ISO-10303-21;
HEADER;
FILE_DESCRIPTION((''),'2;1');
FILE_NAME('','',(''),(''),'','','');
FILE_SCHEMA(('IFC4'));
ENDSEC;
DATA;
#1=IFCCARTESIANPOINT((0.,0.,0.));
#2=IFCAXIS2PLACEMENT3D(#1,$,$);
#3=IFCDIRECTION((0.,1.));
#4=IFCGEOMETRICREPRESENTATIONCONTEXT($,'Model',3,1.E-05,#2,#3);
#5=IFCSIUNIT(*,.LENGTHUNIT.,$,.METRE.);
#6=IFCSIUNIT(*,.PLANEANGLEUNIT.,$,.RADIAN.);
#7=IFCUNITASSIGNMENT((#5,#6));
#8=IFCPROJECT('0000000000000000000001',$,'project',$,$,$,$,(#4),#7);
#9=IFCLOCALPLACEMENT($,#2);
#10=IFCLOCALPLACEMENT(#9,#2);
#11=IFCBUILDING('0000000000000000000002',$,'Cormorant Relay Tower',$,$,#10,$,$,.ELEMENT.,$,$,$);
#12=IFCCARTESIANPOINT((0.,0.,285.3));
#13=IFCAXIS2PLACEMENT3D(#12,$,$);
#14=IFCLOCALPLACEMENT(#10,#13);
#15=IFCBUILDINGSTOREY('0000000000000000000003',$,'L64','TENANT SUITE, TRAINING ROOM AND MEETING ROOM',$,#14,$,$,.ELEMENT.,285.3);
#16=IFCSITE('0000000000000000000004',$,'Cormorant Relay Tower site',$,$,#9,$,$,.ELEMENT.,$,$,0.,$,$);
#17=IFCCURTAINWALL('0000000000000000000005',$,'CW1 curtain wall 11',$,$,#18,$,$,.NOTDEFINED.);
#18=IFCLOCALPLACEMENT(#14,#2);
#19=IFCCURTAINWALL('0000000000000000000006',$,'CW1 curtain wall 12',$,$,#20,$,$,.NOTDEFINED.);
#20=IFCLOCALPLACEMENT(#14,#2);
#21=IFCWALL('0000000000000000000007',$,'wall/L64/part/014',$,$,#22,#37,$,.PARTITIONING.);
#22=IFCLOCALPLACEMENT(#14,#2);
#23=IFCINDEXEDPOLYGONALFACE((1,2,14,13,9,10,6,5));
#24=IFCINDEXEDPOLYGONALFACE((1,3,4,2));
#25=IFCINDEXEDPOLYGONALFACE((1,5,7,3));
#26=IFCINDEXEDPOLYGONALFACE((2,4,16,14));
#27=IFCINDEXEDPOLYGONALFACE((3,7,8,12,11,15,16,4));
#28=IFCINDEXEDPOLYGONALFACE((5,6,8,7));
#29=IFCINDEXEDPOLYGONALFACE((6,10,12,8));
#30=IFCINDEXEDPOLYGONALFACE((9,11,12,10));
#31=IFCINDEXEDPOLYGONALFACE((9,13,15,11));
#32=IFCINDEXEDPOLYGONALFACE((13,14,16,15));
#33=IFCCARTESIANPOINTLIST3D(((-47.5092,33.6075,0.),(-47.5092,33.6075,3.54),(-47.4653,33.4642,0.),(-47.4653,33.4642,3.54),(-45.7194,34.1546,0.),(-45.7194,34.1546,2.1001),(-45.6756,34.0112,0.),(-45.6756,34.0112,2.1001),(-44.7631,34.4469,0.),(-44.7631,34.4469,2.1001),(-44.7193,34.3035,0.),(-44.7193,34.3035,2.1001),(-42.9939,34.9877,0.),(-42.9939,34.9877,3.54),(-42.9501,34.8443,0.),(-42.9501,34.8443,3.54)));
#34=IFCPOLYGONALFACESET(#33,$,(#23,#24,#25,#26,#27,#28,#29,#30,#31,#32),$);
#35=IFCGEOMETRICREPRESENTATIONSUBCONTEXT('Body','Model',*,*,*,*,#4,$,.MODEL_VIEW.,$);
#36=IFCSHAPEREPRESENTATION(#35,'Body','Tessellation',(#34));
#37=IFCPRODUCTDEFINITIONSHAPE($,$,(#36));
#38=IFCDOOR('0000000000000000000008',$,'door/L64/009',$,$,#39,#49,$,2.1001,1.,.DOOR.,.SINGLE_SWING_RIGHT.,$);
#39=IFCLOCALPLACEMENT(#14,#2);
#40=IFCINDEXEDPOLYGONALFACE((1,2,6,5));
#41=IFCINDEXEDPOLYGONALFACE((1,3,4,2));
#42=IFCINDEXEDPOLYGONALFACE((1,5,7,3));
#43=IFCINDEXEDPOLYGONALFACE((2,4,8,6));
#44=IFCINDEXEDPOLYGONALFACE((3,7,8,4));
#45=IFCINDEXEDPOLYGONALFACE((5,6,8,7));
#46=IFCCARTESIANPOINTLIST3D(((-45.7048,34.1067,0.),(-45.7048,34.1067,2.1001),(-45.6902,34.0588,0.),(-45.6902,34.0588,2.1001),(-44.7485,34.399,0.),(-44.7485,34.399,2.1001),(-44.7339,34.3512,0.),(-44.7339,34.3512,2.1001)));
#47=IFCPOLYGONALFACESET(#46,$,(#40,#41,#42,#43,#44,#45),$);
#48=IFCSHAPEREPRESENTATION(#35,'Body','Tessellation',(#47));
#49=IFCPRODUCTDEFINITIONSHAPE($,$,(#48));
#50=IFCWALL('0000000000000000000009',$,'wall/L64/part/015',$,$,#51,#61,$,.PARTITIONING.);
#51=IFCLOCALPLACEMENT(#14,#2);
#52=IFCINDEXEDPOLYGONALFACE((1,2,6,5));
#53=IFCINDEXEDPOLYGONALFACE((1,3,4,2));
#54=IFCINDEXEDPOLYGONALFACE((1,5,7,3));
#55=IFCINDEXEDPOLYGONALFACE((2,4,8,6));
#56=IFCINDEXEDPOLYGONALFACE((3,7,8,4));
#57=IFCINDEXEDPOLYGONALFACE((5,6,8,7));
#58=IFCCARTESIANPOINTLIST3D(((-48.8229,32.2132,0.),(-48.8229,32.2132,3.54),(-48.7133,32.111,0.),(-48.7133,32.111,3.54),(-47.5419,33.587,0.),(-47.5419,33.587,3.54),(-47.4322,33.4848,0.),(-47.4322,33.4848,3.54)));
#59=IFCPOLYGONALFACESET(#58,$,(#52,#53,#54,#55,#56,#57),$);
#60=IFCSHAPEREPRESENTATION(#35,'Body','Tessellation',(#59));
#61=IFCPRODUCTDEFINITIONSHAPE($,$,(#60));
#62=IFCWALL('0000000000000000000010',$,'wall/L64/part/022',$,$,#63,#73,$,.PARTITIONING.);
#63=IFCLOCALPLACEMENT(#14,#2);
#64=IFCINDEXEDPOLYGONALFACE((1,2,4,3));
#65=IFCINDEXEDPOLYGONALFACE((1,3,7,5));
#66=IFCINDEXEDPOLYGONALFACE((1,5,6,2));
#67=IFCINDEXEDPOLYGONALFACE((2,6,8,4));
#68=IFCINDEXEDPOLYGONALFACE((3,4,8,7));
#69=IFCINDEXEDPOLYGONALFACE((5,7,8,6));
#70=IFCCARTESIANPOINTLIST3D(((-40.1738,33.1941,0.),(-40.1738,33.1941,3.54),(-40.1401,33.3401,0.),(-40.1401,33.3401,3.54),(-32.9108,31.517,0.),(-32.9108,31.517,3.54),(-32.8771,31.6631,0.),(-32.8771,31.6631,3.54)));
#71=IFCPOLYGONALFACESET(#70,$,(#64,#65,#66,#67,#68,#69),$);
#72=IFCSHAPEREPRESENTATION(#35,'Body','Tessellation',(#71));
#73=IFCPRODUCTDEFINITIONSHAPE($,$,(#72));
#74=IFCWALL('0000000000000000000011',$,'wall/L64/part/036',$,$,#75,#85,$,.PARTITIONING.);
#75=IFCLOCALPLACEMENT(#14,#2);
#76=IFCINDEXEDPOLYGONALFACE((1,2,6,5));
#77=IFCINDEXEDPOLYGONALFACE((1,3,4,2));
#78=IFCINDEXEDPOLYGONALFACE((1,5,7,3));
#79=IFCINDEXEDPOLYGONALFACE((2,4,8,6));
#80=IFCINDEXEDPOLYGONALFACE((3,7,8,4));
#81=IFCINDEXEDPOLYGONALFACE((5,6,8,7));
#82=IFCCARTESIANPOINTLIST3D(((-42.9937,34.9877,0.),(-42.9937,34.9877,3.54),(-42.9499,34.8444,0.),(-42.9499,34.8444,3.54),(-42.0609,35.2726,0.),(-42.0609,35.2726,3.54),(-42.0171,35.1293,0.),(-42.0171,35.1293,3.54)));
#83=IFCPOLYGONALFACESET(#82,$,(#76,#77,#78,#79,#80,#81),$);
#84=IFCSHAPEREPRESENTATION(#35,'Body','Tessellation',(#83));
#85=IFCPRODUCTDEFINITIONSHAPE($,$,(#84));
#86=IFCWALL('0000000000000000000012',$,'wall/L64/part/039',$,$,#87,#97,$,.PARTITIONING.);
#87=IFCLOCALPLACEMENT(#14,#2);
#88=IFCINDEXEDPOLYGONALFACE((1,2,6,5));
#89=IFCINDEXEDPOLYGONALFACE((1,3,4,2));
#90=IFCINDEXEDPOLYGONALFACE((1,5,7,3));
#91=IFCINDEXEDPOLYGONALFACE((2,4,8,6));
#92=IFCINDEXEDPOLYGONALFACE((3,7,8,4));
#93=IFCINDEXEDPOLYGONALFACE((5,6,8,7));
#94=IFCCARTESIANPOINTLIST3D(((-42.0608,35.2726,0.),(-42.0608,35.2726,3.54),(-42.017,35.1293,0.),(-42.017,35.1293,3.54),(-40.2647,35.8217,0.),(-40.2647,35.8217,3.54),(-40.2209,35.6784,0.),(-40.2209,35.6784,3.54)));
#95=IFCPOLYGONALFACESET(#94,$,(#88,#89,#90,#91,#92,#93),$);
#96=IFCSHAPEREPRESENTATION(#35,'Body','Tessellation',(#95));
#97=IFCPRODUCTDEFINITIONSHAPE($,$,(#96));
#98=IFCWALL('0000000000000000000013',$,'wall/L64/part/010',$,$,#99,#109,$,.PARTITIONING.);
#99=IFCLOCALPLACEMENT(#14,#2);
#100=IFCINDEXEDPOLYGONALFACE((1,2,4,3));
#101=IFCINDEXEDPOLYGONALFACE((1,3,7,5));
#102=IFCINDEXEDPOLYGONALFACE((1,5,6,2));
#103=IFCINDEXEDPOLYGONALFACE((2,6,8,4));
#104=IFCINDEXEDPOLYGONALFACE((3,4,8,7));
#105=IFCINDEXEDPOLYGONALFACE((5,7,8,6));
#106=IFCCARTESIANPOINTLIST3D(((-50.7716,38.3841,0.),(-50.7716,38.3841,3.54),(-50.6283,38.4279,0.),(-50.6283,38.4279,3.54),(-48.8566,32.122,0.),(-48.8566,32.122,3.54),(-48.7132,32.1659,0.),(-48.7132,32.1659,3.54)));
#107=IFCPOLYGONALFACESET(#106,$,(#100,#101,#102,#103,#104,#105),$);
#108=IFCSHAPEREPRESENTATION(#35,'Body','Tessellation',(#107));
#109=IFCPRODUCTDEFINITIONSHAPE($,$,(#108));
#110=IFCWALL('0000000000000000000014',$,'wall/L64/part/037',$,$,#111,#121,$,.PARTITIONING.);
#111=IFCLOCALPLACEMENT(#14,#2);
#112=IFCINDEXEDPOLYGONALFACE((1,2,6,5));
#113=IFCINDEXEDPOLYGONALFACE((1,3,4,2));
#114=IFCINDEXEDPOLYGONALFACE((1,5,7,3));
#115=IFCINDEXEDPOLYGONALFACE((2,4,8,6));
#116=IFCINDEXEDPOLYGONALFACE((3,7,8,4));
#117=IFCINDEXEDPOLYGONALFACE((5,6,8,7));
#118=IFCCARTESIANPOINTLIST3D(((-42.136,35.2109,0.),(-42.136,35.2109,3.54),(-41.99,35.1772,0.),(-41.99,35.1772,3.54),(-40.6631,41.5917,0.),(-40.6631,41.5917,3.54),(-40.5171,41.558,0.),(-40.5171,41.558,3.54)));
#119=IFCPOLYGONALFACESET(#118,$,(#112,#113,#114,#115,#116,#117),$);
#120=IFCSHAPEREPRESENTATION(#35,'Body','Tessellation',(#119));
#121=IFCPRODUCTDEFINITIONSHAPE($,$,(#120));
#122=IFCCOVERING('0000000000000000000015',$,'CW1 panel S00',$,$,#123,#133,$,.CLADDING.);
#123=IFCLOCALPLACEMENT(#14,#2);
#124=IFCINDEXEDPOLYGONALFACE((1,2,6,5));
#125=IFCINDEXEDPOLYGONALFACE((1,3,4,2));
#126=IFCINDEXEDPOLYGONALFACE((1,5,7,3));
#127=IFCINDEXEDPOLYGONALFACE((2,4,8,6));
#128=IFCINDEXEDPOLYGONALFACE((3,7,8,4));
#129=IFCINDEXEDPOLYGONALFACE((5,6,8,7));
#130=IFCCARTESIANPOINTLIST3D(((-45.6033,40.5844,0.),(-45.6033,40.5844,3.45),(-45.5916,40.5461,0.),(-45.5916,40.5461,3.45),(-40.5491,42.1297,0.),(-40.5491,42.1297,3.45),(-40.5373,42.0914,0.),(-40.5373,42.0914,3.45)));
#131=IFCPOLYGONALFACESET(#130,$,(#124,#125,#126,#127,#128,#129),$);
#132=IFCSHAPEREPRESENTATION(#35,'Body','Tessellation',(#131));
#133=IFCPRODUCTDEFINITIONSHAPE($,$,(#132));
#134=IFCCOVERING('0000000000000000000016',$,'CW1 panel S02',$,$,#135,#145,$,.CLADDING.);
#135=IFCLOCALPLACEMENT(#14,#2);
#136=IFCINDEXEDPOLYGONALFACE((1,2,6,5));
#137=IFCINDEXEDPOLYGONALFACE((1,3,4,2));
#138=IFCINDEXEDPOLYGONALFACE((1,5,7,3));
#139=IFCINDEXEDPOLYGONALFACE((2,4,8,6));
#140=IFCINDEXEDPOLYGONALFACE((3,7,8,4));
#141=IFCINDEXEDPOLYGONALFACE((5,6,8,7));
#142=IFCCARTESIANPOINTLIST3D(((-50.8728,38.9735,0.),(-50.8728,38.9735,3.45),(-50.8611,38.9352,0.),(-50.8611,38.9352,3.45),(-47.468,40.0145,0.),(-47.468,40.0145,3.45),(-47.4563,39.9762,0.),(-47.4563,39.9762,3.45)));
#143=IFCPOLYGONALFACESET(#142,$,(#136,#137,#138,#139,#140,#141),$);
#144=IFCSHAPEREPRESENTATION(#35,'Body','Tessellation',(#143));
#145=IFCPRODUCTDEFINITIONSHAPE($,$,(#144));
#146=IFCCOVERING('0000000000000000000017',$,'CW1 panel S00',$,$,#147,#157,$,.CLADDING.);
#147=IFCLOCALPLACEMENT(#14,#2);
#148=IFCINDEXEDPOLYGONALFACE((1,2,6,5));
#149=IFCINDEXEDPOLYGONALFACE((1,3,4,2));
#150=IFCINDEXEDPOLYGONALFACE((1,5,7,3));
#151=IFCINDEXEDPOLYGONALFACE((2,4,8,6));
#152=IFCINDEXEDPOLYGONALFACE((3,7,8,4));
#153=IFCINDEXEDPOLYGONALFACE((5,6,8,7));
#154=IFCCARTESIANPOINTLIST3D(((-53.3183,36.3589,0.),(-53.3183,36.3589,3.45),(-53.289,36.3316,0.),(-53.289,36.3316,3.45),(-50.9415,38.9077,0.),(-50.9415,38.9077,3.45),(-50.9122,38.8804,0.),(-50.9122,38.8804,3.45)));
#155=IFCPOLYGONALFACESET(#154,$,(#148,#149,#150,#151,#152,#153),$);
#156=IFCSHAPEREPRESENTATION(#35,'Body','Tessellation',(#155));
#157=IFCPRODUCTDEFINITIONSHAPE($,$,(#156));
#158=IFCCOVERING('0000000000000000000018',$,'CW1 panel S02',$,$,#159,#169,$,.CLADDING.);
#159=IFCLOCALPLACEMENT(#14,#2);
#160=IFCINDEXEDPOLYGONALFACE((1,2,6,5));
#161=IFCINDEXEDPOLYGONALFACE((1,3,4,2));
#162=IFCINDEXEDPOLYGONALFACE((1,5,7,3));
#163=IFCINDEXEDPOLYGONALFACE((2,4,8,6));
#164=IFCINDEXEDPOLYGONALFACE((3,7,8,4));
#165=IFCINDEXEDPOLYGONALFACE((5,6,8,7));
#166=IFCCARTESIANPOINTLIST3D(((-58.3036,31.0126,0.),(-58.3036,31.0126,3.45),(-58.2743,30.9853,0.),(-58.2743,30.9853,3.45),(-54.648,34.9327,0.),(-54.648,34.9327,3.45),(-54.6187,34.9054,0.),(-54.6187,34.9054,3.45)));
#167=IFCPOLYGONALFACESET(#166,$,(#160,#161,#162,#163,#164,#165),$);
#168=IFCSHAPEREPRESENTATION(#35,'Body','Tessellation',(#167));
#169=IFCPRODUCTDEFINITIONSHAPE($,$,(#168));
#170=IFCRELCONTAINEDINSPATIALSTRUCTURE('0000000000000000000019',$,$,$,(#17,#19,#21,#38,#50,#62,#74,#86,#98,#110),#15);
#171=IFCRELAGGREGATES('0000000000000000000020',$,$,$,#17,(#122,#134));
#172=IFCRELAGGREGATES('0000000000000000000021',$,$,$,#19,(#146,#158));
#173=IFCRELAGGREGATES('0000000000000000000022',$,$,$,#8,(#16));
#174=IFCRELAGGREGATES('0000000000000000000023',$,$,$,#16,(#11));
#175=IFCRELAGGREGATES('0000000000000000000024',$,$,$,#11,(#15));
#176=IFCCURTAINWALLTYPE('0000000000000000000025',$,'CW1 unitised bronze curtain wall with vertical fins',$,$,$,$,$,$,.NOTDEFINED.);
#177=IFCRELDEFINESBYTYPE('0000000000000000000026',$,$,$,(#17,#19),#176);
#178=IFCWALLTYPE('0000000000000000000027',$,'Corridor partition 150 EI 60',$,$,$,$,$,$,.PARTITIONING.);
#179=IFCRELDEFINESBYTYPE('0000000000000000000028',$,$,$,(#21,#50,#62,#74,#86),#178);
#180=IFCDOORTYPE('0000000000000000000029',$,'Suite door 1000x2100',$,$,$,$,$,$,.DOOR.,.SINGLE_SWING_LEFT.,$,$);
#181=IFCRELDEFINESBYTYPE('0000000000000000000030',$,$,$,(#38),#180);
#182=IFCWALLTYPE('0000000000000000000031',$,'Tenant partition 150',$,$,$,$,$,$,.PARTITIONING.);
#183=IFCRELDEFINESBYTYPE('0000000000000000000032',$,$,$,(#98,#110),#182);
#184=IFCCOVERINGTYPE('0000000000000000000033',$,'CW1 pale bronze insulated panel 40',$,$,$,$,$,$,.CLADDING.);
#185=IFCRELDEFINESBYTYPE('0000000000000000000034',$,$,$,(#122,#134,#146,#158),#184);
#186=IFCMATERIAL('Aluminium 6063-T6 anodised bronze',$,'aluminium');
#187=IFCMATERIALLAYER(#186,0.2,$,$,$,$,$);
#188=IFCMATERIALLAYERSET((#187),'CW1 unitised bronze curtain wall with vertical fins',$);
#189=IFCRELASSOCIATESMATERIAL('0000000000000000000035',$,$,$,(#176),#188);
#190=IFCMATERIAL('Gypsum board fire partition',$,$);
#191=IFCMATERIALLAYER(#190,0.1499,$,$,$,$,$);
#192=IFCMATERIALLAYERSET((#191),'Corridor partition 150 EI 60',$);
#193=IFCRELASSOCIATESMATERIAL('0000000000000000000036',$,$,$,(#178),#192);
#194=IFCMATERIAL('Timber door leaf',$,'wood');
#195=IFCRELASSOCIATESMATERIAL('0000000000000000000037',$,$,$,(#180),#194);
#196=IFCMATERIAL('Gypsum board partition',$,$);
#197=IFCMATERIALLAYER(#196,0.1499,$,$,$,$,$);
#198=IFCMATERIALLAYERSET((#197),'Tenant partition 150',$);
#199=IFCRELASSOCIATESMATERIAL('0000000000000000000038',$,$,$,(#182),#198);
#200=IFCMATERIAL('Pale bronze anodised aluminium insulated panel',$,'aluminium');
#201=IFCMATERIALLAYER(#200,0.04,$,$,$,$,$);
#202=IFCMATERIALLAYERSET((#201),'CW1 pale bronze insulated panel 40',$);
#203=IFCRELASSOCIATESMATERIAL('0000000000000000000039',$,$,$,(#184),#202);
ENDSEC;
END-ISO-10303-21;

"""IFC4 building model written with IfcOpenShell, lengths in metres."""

from ifc_helpers import new_model, si_unit, direction, frame, frame_2d, origin, origin_2d, place, context, subcontext, project, spatial, rectangle, extrude, material, layer, layer_set, type_object, element, fill, aggregate, save


model = new_model("IFC4")

# Units and contexts
model_context = context("Model", 3, precision=1e-05, world=origin(), true_north=direction((0.0, 1.0)))
body_context = subcontext(model_context, "Body", "Model", "MODEL_VIEW")
ifc_project = project(units=[si_unit("LENGTHUNIT", "METRE"), si_unit("PLANEANGLEUNIT", "RADIAN")], contexts=[model_context])

# Site, building, storey
site_placement = place(None, origin())
site = spatial("IfcSite", under=ifc_project, at=site_placement, Name="Cormorant Relay Tower site", CompositionType="ELEMENT", RefElevation=0.0)
building_placement = place(site_placement, origin())
building = spatial("IfcBuilding", under=site, at=building_placement, Name="Cormorant Relay Tower", CompositionType="ELEMENT")
storey_placement = place(building_placement, frame((0.0, 0.0, 285.3)))
storey = spatial("IfcBuildingStorey", under=building, at=storey_placement, Name="L64", Description="TENANT SUITE, TRAINING ROOM AND MEETING ROOM", CompositionType="ELEMENT", Elevation=285.3)

# Curtain walls
ifc_material_1 = material(Name="Aluminium 6063-T6 anodised bronze", Category="aluminium")
ifc_layer_1 = layer(ifc_material_1, 0.2)
ifc_layer_set_1 = layer_set([ifc_layer_1], Name="CW1 unitised bronze curtain wall with vertical fins")
curtain_wall_type = type_object("IfcCurtainWallType", Name="CW1 unitised bronze curtain wall with vertical fins", PredefinedType="NOTDEFINED", material=ifc_layer_set_1)
curtain_wall_1_placement = place(storey_placement, origin())
curtain_wall_1 = element("IfcCurtainWall", 1, at=curtain_wall_1_placement, inside=storey, type_object=curtain_wall_type, Name="CW1 curtain wall 11", PredefinedType="NOTDEFINED")
curtain_wall_2_placement = place(storey_placement, origin())
curtain_wall_2 = element("IfcCurtainWall", 2, at=curtain_wall_2_placement, inside=storey, type_object=curtain_wall_type, Name="CW1 curtain wall 12", PredefinedType="NOTDEFINED")

# Shared definitions
ifc_material_2 = material(Name="Gypsum board fire partition")
ifc_layer_2 = layer(ifc_material_2, 0.1499)
ifc_layer_set_2 = layer_set([ifc_layer_2], Name="Corridor partition 150 EI 60")
wall_type_1 = type_object("IfcWallType", Name="Corridor partition 150 EI 60", PredefinedType="PARTITIONING", material=ifc_layer_set_2)

# Wall, opening, door
wall_1_placement = place(storey_placement, frame((-42.9719, 34.916, 0.0), z_axis=(0.0, 0.0, 1.0), x_axis=(-0.956322, -0.292316, 0.0)))
wall_1 = element("IfcWall", 3, at=wall_1_placement, inside=storey, type_object=wall_type_1, Name="wall/L64/part/014", PredefinedType="PARTITIONING", context=body_context, shape_type="SweptSolid", body=[
    extrude(rectangle(XDim=4.7214, YDim=0.1499, at=frame_2d((2.3608, 0.0))), origin(), (0.0, 0.0, 1.0), 3.54),
])
opening_placement = place(wall_1_placement, frame((1.8501, 0.0, 0.0)))
opening = element("IfcOpeningElement", 4, at=opening_placement, cuts=wall_1, PredefinedType="OPENING", context=body_context, shape_type="SweptSolid", body=[
    extrude(rectangle(XDim=1.0, YDim=2.1001, at=frame_2d((0.5, 1.05))), frame((0.0, 0.085, 0.0), z_axis=(0.0, -1.0, 0.0), x_axis=(1.0, 0.0, 0.0)), (0.0, 0.0, 1.0), 0.1699),
])
ifc_material_3 = material(Name="Timber door leaf", Category="wood")
door_type = type_object("IfcDoorType", Name="Suite door 1000x2100", OperationType="SINGLE_SWING_LEFT", PredefinedType="DOOR", material=ifc_material_3)
door_placement = place(opening_placement, frame((1.0, 0.0, 0.0), z_axis=(0.0, 0.0, 1.0), x_axis=(-1.0, 0.0, 0.0)))
door = element("IfcDoor", 5, at=door_placement, inside=storey, type_object=door_type, Name="door/L64/009", OperationType="SINGLE_SWING_RIGHT", OverallHeight=2.1001, OverallWidth=1.0, PredefinedType="DOOR", context=body_context, shape_type="SweptSolid", body=[
    extrude(rectangle(XDim=1.0, YDim=2.1001, at=frame_2d((0.5, 1.05))), frame((0.0, 0.0249, 0.0), z_axis=(0.0, -1.0, 0.0), x_axis=(1.0, 0.0, 0.0)), (0.0, 0.0, 1.0), 0.05),
])
fill(opening, door)

# Walls
wall_2_placement = place(storey_placement, frame((-47.4871, 33.5359, 0.0), z_axis=(0.0, 0.0, 1.0), x_axis=(-0.68198, -0.731371, 0.0)))
element("IfcWall", 6, at=wall_2_placement, inside=storey, type_object=wall_type_1, Name="wall/L64/part/015", PredefinedType="PARTITIONING", context=body_context, shape_type="SweptSolid", body=[
    extrude(rectangle(XDim=1.8784, YDim=0.1499, at=frame_2d((0.9392, 0.0))), origin(), (0.0, 0.0, 1.0), 3.54),
])
wall_3_placement = place(storey_placement, frame((-40.157, 33.2671, 0.0), z_axis=(0.0, 0.0, 1.0), x_axis=(0.974364, -0.224979, 0.0)))
element("IfcWall", 7, at=wall_3_placement, inside=storey, type_object=wall_type_1, Name="wall/L64/part/022", PredefinedType="PARTITIONING", context=body_context, shape_type="SweptSolid", body=[
    extrude(rectangle(XDim=7.4541, YDim=0.1499, at=frame_2d((3.7271, 0.0))), origin(), (0.0, 0.0, 1.0), 3.54),
])
wall_4_placement = place(storey_placement, frame((-42.9719, 34.916, 0.0), z_axis=(0.0, 0.0, 1.0), x_axis=(0.956388, 0.292098, 0.0)))
element("IfcWall", 8, at=wall_4_placement, inside=storey, type_object=wall_type_1, Name="wall/L64/part/036", PredefinedType="PARTITIONING", context=body_context, shape_type="SweptSolid", body=[
    extrude(rectangle(XDim=0.9753, YDim=0.1499, at=frame_2d((0.4878, 0.0))), origin(), (0.0, 0.0, 1.0), 3.54),
])
wall_5_placement = place(storey_placement, frame((-40.2429, 35.75, 0.0), z_axis=(0.0, 0.0, 1.0), x_axis=(-0.956314, -0.292341, 0.0)))
element("IfcWall", 9, at=wall_5_placement, inside=storey, type_object=wall_type_1, Name="wall/L64/part/039", PredefinedType="PARTITIONING", context=body_context, shape_type="SweptSolid", body=[
    extrude(rectangle(XDim=1.8782, YDim=0.1499, at=frame_2d((0.939, 0.0))), origin(), (0.0, 0.0, 1.0), 3.54),
])
ifc_material_4 = material(Name="Gypsum board partition")
ifc_layer_3 = layer(ifc_material_4, 0.1499)
ifc_layer_set_3 = layer_set([ifc_layer_3], Name="Tenant partition 150")
wall_type_2 = type_object("IfcWallType", Name="Tenant partition 150", PredefinedType="PARTITIONING", material=ifc_layer_set_3)
wall_6_placement = place(storey_placement, frame((-50.7, 38.406, 0.0), z_axis=(0.0, 0.0, 1.0), x_axis=(0.292451, -0.956281, 0.0)))
element("IfcWall", 10, at=wall_6_placement, inside=storey, type_object=wall_type_2, Name="wall/L64/part/010", PredefinedType="PARTITIONING", context=body_context, shape_type="SweptSolid", body=[
    extrude(rectangle(XDim=6.5483, YDim=0.1499, at=frame_2d((3.2742, 0.0))), origin(), (0.0, 0.0, 1.0), 3.54),
])
wall_7_placement = place(storey_placement, frame((-40.5901, 41.575, 0.0), z_axis=(0.0, 0.0, 1.0), x_axis=(-0.224917, -0.974378, 0.0)))
element("IfcWall", 11, at=wall_7_placement, inside=storey, type_object=wall_type_2, Name="wall/L64/part/037", PredefinedType="PARTITIONING", context=body_context, shape_type="SweptSolid", body=[
    extrude(rectangle(XDim=6.5486, YDim=0.1499, at=frame_2d((3.2744, 0.0))), origin(), (0.0, 0.0, 1.0), 3.54),
])

# Coverings
ifc_material_5 = material(Name="Pale bronze anodised aluminium insulated panel", Category="aluminium")
ifc_layer_4 = layer(ifc_material_5, 0.04)
ifc_layer_set_4 = layer_set([ifc_layer_4], Name="CW1 pale bronze insulated panel 40")
covering_type = type_object("IfcCoveringType", Name="CW1 pale bronze insulated panel 40", PredefinedType="CLADDING", material=ifc_layer_set_4)
covering_1_placement = place(storey_placement, frame((-43.0703, 41.3379, 0.0), z_axis=(0.0, 0.0, 1.0), x_axis=(-0.956305, -0.292372, 0.0)))
covering_1 = element("IfcCovering", 12, at=covering_1_placement, type_object=covering_type, Name="CW1 panel S00", PredefinedType="CLADDING", context=body_context, shape_type="SweptSolid", body=[
    extrude(rectangle(XDim=5.2852, YDim=0.04, at=origin_2d()), origin(), (0.0, 0.0, 1.0), 3.45),
])
covering_2_placement = place(storey_placement, frame((-49.1646, 39.4749, 0.0), z_axis=(0.0, 0.0, 1.0), x_axis=(-0.956305, -0.292372, 0.0)))
covering_2 = element("IfcCovering", 13, at=covering_2_placement, type_object=covering_type, Name="CW1 panel S02", PredefinedType="CLADDING", context=body_context, shape_type="SweptSolid", body=[
    extrude(rectangle(XDim=3.5603, YDim=0.04, at=origin_2d()), origin(), (0.0, 0.0, 1.0), 3.45),
])
aggregate(curtain_wall_1, [covering_1, covering_2])
covering_3_placement = place(storey_placement, frame((-52.1152, 37.6196, 0.0), z_axis=(0.0, 0.0, 1.0), x_axis=(-0.681998, -0.731354, 0.0)))
covering_3 = element("IfcCovering", 14, at=covering_3_placement, type_object=covering_type, Name="CW1 panel S00", PredefinedType="CLADDING", context=body_context, shape_type="SweptSolid", body=[
    extrude(rectangle(XDim=3.4851, YDim=0.04, at=origin_2d()), origin(), (0.0, 0.0, 1.0), 3.45),
])
covering_4_placement = place(storey_placement, frame((-56.4612, 32.959, 0.0), z_axis=(0.0, 0.0, 1.0), x_axis=(-0.681998, -0.731354, 0.0)))
covering_4 = element("IfcCovering", 15, at=covering_4_placement, type_object=covering_type, Name="CW1 panel S02", PredefinedType="CLADDING", context=body_context, shape_type="SweptSolid", body=[
    extrude(rectangle(XDim=5.3601, YDim=0.04, at=origin_2d()), origin(), (0.0, 0.0, 1.0), 3.45),
])
aggregate(curtain_wall_2, [covering_3, covering_4])

save(model, "model.ifc")
